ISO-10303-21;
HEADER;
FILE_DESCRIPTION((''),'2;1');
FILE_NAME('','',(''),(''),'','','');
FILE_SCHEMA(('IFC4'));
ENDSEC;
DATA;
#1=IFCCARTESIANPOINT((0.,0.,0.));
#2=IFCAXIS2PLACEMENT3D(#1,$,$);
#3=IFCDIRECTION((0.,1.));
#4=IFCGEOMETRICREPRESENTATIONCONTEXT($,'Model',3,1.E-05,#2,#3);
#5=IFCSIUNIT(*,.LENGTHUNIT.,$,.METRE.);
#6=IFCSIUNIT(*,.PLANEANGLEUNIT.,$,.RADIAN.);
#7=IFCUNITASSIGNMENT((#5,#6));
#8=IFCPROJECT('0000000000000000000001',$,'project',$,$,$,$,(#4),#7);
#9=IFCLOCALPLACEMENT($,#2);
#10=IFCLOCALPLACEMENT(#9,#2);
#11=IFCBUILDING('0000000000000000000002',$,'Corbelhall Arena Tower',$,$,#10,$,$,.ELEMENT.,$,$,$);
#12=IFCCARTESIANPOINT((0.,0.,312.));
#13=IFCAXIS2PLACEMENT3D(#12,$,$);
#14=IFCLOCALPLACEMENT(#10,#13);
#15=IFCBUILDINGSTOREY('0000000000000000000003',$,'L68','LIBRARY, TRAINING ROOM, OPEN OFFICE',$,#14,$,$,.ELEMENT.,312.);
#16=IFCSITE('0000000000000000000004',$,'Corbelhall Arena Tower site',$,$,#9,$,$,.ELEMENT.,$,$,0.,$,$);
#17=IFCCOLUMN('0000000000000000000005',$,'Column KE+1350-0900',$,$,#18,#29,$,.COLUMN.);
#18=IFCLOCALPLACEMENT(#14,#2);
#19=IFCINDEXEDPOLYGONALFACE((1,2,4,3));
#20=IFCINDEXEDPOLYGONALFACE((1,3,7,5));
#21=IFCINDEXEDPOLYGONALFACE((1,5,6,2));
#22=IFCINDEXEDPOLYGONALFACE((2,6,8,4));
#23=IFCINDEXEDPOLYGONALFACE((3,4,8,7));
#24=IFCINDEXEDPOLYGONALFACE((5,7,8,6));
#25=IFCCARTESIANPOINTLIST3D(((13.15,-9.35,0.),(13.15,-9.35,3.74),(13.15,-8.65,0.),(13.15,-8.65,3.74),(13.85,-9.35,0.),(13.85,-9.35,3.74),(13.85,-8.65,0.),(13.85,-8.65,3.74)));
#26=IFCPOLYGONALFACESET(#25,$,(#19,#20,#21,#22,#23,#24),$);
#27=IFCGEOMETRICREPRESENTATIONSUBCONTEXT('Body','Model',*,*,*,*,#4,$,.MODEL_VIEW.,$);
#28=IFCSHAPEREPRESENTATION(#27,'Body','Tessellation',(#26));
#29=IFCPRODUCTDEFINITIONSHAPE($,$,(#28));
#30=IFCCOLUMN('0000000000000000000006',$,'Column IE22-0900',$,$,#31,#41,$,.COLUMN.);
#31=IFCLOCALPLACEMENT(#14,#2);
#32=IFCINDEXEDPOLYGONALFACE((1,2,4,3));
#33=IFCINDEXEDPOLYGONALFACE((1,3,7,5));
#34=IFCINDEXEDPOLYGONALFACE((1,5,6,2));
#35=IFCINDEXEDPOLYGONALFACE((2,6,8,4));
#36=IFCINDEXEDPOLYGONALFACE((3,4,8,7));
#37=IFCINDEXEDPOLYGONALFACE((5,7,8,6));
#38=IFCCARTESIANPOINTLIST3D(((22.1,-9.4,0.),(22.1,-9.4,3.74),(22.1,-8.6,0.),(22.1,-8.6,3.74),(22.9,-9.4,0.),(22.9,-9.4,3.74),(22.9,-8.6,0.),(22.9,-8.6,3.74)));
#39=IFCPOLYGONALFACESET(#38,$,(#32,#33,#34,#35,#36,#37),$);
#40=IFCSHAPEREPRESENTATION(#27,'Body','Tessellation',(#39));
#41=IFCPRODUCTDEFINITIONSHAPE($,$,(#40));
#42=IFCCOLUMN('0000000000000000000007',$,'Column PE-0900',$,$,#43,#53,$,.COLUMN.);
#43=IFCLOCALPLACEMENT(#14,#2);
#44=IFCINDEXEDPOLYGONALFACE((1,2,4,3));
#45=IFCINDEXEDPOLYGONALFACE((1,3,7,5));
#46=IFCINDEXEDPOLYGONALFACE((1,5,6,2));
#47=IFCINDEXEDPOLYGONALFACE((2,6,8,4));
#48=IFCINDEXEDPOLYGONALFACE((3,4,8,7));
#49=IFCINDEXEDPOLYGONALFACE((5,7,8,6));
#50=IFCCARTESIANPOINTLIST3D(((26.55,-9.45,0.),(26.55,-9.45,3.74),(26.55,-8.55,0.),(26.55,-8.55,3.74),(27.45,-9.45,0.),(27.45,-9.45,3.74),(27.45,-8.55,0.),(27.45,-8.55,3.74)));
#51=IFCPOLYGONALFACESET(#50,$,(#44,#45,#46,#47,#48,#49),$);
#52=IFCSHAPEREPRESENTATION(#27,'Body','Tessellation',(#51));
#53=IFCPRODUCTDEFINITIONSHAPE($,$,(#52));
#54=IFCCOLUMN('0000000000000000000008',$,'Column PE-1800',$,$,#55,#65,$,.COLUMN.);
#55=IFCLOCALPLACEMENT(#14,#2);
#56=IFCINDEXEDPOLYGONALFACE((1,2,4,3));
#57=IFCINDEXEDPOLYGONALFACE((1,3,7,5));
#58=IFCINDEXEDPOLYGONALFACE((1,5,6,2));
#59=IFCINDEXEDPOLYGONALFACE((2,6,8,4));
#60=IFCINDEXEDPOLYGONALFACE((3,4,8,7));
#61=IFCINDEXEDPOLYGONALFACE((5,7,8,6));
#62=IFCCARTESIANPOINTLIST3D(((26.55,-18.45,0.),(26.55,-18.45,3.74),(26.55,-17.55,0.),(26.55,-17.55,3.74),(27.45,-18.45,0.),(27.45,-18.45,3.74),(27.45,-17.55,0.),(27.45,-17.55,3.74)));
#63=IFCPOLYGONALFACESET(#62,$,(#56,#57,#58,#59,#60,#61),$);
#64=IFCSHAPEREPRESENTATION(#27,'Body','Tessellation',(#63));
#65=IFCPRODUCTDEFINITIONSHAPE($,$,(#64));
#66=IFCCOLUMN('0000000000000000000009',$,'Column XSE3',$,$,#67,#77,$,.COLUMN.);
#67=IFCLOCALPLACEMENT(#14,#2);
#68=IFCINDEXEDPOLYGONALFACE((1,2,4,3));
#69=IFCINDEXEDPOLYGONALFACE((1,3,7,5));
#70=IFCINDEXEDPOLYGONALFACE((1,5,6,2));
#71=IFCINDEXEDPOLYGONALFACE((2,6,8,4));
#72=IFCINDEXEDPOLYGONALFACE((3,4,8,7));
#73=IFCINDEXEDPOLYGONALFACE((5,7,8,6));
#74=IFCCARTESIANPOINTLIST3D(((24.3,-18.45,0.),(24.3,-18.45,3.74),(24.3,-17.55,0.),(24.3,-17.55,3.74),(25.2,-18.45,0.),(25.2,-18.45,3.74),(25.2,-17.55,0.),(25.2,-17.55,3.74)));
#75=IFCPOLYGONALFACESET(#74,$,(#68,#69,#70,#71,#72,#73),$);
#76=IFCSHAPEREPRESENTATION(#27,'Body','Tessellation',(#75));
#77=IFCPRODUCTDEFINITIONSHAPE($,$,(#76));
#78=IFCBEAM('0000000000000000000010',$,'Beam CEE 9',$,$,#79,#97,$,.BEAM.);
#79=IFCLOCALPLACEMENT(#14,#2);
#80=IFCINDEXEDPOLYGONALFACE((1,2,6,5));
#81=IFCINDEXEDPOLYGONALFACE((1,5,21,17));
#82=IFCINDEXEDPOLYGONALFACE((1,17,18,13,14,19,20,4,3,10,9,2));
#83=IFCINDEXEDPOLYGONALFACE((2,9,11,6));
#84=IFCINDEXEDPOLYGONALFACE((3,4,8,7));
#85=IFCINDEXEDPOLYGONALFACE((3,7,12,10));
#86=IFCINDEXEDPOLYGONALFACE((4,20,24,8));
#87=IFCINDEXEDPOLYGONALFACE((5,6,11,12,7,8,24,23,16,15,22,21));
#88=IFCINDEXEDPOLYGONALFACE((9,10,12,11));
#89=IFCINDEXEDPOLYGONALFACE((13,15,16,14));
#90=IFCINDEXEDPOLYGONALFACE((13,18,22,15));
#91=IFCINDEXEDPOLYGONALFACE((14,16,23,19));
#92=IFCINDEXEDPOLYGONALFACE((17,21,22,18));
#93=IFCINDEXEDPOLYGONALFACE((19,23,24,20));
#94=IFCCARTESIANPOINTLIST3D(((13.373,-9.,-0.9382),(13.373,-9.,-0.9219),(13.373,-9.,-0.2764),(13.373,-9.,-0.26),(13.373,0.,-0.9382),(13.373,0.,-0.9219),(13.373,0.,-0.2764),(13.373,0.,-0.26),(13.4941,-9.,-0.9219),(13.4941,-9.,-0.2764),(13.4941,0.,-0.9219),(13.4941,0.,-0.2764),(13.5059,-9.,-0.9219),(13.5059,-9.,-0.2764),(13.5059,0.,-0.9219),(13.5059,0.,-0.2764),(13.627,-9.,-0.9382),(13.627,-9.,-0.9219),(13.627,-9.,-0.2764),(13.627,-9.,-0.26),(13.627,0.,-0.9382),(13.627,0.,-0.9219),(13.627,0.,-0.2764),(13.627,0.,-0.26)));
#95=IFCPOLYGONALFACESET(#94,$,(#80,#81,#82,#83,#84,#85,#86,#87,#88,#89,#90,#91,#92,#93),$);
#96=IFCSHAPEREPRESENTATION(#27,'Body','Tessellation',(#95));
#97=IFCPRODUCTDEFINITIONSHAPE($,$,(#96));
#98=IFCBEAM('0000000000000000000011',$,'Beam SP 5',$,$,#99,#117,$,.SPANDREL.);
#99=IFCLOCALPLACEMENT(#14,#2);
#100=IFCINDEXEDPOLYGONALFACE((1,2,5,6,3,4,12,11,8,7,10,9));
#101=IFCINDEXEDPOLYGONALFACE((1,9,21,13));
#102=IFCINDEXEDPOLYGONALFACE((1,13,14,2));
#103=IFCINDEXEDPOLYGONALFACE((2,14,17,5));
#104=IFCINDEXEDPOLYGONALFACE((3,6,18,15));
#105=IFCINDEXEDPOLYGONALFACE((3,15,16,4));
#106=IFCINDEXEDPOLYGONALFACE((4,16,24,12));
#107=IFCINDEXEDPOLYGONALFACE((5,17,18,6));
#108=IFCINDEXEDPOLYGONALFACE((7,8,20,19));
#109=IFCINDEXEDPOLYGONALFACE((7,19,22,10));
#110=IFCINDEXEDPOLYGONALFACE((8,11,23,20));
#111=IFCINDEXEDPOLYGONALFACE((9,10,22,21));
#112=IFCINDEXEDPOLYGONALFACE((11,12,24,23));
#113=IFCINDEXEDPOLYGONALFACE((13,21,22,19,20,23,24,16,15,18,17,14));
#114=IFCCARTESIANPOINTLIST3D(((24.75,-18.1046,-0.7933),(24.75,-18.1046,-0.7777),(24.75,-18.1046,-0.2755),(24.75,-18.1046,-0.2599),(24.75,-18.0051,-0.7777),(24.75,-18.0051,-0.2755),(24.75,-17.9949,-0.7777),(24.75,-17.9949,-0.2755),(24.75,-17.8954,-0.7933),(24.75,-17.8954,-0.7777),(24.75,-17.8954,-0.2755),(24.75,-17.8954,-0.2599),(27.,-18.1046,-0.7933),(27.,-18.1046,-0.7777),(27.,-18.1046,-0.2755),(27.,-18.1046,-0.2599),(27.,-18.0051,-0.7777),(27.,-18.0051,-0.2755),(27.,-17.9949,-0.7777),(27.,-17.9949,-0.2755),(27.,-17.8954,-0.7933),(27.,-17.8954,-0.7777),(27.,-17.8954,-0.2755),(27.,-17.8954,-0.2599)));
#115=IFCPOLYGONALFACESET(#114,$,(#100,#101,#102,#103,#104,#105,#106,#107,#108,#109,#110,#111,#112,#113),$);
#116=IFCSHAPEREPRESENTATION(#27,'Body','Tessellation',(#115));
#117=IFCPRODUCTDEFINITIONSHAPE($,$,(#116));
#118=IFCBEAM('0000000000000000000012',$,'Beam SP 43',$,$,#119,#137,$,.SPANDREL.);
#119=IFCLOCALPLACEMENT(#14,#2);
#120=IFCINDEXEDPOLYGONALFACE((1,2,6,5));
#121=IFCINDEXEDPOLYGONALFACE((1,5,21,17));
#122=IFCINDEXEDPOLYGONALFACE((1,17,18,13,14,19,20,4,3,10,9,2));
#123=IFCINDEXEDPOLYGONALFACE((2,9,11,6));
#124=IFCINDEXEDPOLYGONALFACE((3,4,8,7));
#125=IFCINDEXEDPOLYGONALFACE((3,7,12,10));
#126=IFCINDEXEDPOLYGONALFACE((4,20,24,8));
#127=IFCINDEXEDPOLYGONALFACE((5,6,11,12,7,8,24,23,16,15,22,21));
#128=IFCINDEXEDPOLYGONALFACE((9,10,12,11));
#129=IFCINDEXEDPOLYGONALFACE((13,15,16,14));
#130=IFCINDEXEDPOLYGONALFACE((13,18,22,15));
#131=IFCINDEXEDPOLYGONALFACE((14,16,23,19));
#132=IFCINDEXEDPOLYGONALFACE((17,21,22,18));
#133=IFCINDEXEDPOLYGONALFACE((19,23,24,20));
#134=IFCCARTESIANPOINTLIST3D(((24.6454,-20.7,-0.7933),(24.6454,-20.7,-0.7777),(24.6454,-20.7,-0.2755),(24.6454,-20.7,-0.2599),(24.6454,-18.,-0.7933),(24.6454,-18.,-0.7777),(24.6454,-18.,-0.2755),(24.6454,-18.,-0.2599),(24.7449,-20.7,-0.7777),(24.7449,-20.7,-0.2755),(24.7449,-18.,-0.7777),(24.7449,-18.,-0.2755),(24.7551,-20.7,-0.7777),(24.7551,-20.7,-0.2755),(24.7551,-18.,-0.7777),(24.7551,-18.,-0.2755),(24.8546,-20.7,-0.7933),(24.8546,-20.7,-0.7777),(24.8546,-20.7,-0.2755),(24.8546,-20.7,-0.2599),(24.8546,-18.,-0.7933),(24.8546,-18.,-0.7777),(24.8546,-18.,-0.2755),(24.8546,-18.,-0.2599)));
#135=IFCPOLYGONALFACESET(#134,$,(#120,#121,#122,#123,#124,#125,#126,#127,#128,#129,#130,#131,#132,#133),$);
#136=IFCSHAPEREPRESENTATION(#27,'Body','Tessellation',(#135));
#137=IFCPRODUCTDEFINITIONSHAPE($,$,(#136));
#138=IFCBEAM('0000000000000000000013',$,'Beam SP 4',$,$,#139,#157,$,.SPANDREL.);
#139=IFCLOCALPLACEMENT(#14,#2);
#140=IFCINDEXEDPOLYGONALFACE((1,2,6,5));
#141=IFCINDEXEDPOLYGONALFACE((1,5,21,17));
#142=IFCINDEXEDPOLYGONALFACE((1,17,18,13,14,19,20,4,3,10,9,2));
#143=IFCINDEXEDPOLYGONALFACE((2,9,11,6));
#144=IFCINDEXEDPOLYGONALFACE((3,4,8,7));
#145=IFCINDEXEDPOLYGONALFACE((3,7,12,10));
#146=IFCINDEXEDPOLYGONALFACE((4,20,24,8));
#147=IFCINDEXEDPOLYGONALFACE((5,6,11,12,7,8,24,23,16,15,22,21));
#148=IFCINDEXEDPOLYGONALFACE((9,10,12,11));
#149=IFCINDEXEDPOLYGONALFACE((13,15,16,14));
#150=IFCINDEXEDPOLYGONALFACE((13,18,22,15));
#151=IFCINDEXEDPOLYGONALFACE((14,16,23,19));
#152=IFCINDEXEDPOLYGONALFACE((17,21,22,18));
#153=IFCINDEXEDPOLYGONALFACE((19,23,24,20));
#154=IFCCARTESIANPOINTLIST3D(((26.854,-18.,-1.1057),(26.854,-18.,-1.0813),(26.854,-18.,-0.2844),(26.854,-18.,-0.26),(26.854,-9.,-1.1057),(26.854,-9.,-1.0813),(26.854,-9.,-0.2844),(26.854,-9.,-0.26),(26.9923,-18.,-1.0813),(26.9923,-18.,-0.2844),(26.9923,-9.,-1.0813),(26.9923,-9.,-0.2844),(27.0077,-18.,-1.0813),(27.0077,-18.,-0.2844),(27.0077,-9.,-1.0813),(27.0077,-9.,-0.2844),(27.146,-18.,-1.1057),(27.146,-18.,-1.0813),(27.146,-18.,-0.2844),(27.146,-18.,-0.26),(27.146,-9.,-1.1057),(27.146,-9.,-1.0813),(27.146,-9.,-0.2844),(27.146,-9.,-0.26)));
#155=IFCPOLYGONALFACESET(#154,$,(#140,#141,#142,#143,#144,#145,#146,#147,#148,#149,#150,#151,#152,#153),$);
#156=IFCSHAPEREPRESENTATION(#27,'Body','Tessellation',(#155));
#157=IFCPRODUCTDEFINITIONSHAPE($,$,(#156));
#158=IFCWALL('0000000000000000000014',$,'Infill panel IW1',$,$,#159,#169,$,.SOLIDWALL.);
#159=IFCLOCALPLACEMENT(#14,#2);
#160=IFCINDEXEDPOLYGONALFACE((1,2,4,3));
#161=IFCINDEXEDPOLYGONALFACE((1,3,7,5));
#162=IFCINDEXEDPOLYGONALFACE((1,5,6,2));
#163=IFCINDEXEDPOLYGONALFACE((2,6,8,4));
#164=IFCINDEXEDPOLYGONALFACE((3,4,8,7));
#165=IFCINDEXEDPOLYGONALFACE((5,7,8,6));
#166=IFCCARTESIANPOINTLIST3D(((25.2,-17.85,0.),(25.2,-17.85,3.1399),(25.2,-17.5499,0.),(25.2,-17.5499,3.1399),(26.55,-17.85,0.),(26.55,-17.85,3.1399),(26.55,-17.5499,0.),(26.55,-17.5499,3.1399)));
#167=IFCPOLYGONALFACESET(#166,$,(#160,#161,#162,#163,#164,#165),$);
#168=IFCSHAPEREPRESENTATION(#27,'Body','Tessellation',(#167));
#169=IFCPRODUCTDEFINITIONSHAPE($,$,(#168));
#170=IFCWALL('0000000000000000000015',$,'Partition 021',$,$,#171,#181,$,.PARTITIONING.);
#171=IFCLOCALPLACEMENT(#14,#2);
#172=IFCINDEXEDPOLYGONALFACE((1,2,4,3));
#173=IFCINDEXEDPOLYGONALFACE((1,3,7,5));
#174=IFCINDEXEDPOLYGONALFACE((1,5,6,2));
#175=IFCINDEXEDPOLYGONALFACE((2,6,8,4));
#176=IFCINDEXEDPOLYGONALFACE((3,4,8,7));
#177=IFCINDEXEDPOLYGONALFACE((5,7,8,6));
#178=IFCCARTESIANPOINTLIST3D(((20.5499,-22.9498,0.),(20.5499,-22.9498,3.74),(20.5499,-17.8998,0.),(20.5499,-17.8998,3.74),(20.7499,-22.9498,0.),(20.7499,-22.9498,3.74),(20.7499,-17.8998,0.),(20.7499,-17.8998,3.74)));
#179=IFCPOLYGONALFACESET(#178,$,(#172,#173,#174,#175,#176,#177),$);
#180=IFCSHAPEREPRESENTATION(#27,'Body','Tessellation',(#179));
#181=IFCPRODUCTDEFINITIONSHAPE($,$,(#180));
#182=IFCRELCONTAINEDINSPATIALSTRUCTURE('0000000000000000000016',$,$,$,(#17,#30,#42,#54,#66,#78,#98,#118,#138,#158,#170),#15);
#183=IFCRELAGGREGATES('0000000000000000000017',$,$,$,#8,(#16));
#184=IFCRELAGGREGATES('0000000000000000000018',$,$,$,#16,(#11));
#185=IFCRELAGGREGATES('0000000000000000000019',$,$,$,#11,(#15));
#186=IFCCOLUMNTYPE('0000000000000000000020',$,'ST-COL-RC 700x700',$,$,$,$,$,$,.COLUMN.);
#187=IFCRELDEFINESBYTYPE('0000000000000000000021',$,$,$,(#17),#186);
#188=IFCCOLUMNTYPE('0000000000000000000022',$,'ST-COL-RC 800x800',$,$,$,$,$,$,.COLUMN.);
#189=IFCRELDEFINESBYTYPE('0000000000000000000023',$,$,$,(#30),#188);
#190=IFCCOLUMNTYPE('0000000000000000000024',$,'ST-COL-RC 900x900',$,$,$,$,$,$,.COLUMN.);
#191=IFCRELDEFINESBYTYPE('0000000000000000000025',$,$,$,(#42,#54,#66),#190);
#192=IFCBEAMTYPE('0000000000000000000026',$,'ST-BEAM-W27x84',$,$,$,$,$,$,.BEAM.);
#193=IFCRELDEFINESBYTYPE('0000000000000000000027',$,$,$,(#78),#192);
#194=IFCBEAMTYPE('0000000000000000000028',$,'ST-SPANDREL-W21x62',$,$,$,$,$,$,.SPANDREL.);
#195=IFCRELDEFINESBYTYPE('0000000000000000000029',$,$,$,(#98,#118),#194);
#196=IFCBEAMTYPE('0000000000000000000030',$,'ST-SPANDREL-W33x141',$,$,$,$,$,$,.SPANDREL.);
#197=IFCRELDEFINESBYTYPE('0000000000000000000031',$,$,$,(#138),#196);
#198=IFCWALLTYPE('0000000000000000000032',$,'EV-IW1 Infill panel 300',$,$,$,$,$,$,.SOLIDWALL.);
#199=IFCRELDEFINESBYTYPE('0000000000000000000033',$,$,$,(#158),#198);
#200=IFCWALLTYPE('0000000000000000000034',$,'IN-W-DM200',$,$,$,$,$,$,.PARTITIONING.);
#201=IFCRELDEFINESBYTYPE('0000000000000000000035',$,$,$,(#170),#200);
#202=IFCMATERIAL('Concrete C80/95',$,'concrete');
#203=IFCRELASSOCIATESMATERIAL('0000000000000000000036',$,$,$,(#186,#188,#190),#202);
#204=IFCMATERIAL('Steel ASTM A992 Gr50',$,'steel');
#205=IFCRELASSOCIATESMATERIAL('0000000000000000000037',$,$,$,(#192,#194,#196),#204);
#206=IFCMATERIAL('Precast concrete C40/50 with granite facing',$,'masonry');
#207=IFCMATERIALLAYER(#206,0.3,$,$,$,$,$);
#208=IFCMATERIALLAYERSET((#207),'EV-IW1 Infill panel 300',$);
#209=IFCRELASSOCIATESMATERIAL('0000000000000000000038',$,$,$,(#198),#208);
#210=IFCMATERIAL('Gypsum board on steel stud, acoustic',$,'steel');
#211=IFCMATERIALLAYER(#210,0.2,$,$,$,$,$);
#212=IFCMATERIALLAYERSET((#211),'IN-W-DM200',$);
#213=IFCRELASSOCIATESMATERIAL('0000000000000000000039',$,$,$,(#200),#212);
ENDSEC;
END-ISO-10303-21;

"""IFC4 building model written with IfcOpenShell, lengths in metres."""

from ifc_helpers import new_model, si_unit, direction, frame, frame_2d, origin, origin_2d, place, context, subcontext, project, spatial, rectangle, i_section, extrude, material, layer, layer_set, material_profile, profile_set, type_object, element, save


model = new_model("IFC4")

# Units and contexts
model_context = context("Model", 3, precision=1e-05, world=origin(), true_north=direction((0.0, 1.0)))
body_context = subcontext(model_context, "Body", "Model", "MODEL_VIEW")
ifc_project = project(units=[si_unit("LENGTHUNIT", "METRE"), si_unit("PLANEANGLEUNIT", "RADIAN")], contexts=[model_context])

# Site, building, storey
site_placement = place(None, origin())
site = spatial("IfcSite", under=ifc_project, at=site_placement, Name="Corbelhall Arena Tower site", CompositionType="ELEMENT", RefElevation=0.0)
building_placement = place(site_placement, origin())
building = spatial("IfcBuilding", under=site, at=building_placement, Name="Corbelhall Arena Tower", CompositionType="ELEMENT")
storey_placement = place(building_placement, frame((0.0, 0.0, 312.0)))
storey = spatial("IfcBuildingStorey", under=building, at=storey_placement, Name="L68", Description="LIBRARY, TRAINING ROOM, OPEN OFFICE", CompositionType="ELEMENT", Elevation=312.0)

# Columns
ifc_material_1 = material(Name="Concrete C80/95", Category="concrete")
ifc_material_profile_1 = material_profile(ifc_material_1, rectangle(XDim=0.7, YDim=0.7, at=origin_2d()))
ifc_profile_set_1 = profile_set([ifc_material_profile_1], Name="Concrete C80/95")
column_type_1 = type_object("IfcColumnType", Name="ST-COL-RC 700x700", PredefinedType="COLUMN", material=ifc_profile_set_1)
column_1_placement = place(storey_placement, frame((13.5, -9.0, 0.0), z_axis=(0.0, 0.0, 1.0), x_axis=(1.0, 0.0, 0.0)))
element("IfcColumn", 1, at=column_1_placement, inside=storey, type_object=column_type_1, Name="Column KE+1350-0900", PredefinedType="COLUMN", context=body_context, shape_type="SweptSolid", body=[
    extrude(rectangle(XDim=0.7, YDim=0.7, at=origin_2d()), origin(), (0.0, 0.0, 1.0), 3.74),
])
ifc_material_profile_2 = material_profile(ifc_material_1, rectangle(XDim=0.8, YDim=0.8, at=origin_2d()))
ifc_profile_set_2 = profile_set([ifc_material_profile_2], Name="Concrete C80/95")
column_type_2 = type_object("IfcColumnType", Name="ST-COL-RC 800x800", PredefinedType="COLUMN", material=ifc_profile_set_2)
column_2_placement = place(storey_placement, frame((22.5, -9.0, 0.0), z_axis=(0.0, 0.0, 1.0), x_axis=(1.0, 0.0, 0.0)))
element("IfcColumn", 2, at=column_2_placement, inside=storey, type_object=column_type_2, Name="Column IE22-0900", PredefinedType="COLUMN", context=body_context, shape_type="SweptSolid", body=[
    extrude(rectangle(XDim=0.8, YDim=0.8, at=origin_2d()), origin(), (0.0, 0.0, 1.0), 3.74),
])
ifc_material_profile_3 = material_profile(ifc_material_1, rectangle(XDim=0.8999, YDim=0.8999, at=origin_2d()))
ifc_profile_set_3 = profile_set([ifc_material_profile_3], Name="Concrete C80/95")
column_type_3 = type_object("IfcColumnType", Name="ST-COL-RC 900x900", PredefinedType="COLUMN", material=ifc_profile_set_3)
for number, where, z_axis, x_axis, name in (
    (3, (27.0, -9.0, 0.0), (0.0, 0.0, 1.0), (0.0, 1.0, 0.0), "Column PE-0900"),
    (4, (27.0, -18.0, 0.0), (0.0, 0.0, 1.0), (0.0, 1.0, 0.0), "Column PE-1800"),
    (5, (24.75, -18.0, 0.0), (0.0, 0.0, 1.0), (1.0, 0.0, 0.0), "Column XSE3"),
):
    element("IfcColumn", number, at=place(storey_placement, frame(where, z_axis=z_axis, x_axis=x_axis)), inside=storey, type_object=column_type_3, Name=name, PredefinedType="COLUMN", context=body_context, shape_type="SweptSolid", body=[
        extrude(rectangle(XDim=0.8999, YDim=0.8999, at=origin_2d()), origin(), (0.0, 0.0, 1.0), 3.74),
    ])

# Beams
ifc_material_2 = material(Name="Steel ASTM A992 Gr50", Category="steel")
ifc_material_profile_4 = material_profile(ifc_material_2, i_section(OverallWidth=0.2539, OverallDepth=0.6782, WebThickness=0.0117, FlangeThickness=0.0164, at=origin_2d()))
ifc_profile_set_4 = profile_set([ifc_material_profile_4], Name="Steel ASTM A992 Gr50")
beam_type_1 = type_object("IfcBeamType", Name="ST-BEAM-W27x84", PredefinedType="BEAM", material=ifc_profile_set_4)
beam_1_placement = place(storey_placement, frame((13.5, -9.0, -0.5991), z_axis=(0.0, 1.0, 0.0), x_axis=(-1.0, 0.0, 0.0)))
element("IfcBeam", 6, at=beam_1_placement, inside=storey, type_object=beam_type_1, Name="Beam CEE 9", PredefinedType="BEAM", context=body_context, shape_type="SweptSolid", body=[
    extrude(i_section(OverallWidth=0.2539, OverallDepth=0.6782, WebThickness=0.0117, FlangeThickness=0.0164, at=origin_2d()), origin(), (0.0, 0.0, 1.0), 9.0),
])
ifc_material_profile_5 = material_profile(ifc_material_2, i_section(OverallWidth=0.2092, OverallDepth=0.5334, WebThickness=0.0103, FlangeThickness=0.0156, at=origin_2d()))
ifc_profile_set_5 = profile_set([ifc_material_profile_5], Name="Steel ASTM A992 Gr50")
beam_type_2 = type_object("IfcBeamType", Name="ST-SPANDREL-W21x62", PredefinedType="SPANDREL", material=ifc_profile_set_5)
beam_2_placement = place(storey_placement, frame((27.0, -18.0, -0.5266), z_axis=(-1.0, 0.0, 0.0), x_axis=(0.0, -1.0, 0.0)))
element("IfcBeam", 7, at=beam_2_placement, inside=storey, type_object=beam_type_2, Name="Beam SP 5", PredefinedType="SPANDREL", context=body_context, shape_type="SweptSolid", body=[
    extrude(i_section(OverallWidth=0.2092, OverallDepth=0.5334, WebThickness=0.0103, FlangeThickness=0.0156, at=origin_2d()), origin(), (0.0, 0.0, 1.0), 2.25),
])
beam_3_placement = place(storey_placement, frame((24.75, -18.0, -0.5266), z_axis=(0.0, -1.0, 0.0), x_axis=(1.0, 0.0, 0.0)))
element("IfcBeam", 8, at=beam_3_placement, inside=storey, type_object=beam_type_2, Name="Beam SP 43", PredefinedType="SPANDREL", context=body_context, shape_type="SweptSolid", body=[
    extrude(i_section(OverallWidth=0.2092, OverallDepth=0.5334, WebThickness=0.0103, FlangeThickness=0.0156, at=origin_2d()), origin(), (0.0, 0.0, 1.0), 2.7),
])
ifc_material_profile_6 = material_profile(ifc_material_2, i_section(OverallWidth=0.292, OverallDepth=0.8457, WebThickness=0.0154, FlangeThickness=0.0244, at=origin_2d()))
ifc_profile_set_6 = profile_set([ifc_material_profile_6], Name="Steel ASTM A992 Gr50")
beam_type_3 = type_object("IfcBeamType", Name="ST-SPANDREL-W33x141", PredefinedType="SPANDREL", material=ifc_profile_set_6)
beam_4_placement = place(storey_placement, frame((27.0, -9.0, -0.6829), z_axis=(0.0, -1.0, 0.0), x_axis=(1.0, 0.0, 0.0)))
element("IfcBeam", 9, at=beam_4_placement, inside=storey, type_object=beam_type_3, Name="Beam SP 4", PredefinedType="SPANDREL", context=body_context, shape_type="SweptSolid", body=[
    extrude(i_section(OverallWidth=0.292, OverallDepth=0.8457, WebThickness=0.0154, FlangeThickness=0.0244, at=origin_2d()), origin(), (0.0, 0.0, 1.0), 9.0),
])

# Wall
ifc_material_3 = material(Name="Precast concrete C40/50 with granite facing", Category="masonry")
ifc_layer_1 = layer(ifc_material_3, 0.3)
ifc_layer_set_1 = layer_set([ifc_layer_1], Name="EV-IW1 Infill panel 300")
wall_type_1 = type_object("IfcWallType", Name="EV-IW1 Infill panel 300", PredefinedType="SOLIDWALL", material=ifc_layer_set_1)
wall_1_placement = place(storey_placement, frame((25.2, -17.7, 0.0), z_axis=(0.0, 0.0, 1.0), x_axis=(1.0, 0.0, 0.0)))
element("IfcWall", 10, at=wall_1_placement, inside=storey, type_object=wall_type_1, Name="Infill panel IW1", PredefinedType="SOLIDWALL", context=body_context, shape_type="SweptSolid", body=[
    extrude(rectangle(XDim=1.3501, YDim=0.3, at=frame_2d((0.675, 0.0))), origin(), (0.0, 0.0, 1.0), 3.1399),
])

# Wall
ifc_material_4 = material(Name="Gypsum board on steel stud, acoustic", Category="steel")
ifc_layer_2 = layer(ifc_material_4, 0.2)
ifc_layer_set_2 = layer_set([ifc_layer_2], Name="IN-W-DM200")
wall_type_2 = type_object("IfcWallType", Name="IN-W-DM200", PredefinedType="PARTITIONING", material=ifc_layer_set_2)
wall_2_placement = place(storey_placement, frame((20.6499, -17.8999, 0.0), z_axis=(0.0, 0.0, 1.0), x_axis=(0.0, -1.0, 0.0)))
element("IfcWall", 11, at=wall_2_placement, inside=storey, type_object=wall_type_2, Name="Partition 021", PredefinedType="PARTITIONING", context=body_context, shape_type="SweptSolid", body=[
    extrude(rectangle(XDim=5.05, YDim=0.2, at=frame_2d((2.5249, 0.0))), origin(), (0.0, 0.0, 1.0), 3.74),
])

save(model, "model.ifc")
